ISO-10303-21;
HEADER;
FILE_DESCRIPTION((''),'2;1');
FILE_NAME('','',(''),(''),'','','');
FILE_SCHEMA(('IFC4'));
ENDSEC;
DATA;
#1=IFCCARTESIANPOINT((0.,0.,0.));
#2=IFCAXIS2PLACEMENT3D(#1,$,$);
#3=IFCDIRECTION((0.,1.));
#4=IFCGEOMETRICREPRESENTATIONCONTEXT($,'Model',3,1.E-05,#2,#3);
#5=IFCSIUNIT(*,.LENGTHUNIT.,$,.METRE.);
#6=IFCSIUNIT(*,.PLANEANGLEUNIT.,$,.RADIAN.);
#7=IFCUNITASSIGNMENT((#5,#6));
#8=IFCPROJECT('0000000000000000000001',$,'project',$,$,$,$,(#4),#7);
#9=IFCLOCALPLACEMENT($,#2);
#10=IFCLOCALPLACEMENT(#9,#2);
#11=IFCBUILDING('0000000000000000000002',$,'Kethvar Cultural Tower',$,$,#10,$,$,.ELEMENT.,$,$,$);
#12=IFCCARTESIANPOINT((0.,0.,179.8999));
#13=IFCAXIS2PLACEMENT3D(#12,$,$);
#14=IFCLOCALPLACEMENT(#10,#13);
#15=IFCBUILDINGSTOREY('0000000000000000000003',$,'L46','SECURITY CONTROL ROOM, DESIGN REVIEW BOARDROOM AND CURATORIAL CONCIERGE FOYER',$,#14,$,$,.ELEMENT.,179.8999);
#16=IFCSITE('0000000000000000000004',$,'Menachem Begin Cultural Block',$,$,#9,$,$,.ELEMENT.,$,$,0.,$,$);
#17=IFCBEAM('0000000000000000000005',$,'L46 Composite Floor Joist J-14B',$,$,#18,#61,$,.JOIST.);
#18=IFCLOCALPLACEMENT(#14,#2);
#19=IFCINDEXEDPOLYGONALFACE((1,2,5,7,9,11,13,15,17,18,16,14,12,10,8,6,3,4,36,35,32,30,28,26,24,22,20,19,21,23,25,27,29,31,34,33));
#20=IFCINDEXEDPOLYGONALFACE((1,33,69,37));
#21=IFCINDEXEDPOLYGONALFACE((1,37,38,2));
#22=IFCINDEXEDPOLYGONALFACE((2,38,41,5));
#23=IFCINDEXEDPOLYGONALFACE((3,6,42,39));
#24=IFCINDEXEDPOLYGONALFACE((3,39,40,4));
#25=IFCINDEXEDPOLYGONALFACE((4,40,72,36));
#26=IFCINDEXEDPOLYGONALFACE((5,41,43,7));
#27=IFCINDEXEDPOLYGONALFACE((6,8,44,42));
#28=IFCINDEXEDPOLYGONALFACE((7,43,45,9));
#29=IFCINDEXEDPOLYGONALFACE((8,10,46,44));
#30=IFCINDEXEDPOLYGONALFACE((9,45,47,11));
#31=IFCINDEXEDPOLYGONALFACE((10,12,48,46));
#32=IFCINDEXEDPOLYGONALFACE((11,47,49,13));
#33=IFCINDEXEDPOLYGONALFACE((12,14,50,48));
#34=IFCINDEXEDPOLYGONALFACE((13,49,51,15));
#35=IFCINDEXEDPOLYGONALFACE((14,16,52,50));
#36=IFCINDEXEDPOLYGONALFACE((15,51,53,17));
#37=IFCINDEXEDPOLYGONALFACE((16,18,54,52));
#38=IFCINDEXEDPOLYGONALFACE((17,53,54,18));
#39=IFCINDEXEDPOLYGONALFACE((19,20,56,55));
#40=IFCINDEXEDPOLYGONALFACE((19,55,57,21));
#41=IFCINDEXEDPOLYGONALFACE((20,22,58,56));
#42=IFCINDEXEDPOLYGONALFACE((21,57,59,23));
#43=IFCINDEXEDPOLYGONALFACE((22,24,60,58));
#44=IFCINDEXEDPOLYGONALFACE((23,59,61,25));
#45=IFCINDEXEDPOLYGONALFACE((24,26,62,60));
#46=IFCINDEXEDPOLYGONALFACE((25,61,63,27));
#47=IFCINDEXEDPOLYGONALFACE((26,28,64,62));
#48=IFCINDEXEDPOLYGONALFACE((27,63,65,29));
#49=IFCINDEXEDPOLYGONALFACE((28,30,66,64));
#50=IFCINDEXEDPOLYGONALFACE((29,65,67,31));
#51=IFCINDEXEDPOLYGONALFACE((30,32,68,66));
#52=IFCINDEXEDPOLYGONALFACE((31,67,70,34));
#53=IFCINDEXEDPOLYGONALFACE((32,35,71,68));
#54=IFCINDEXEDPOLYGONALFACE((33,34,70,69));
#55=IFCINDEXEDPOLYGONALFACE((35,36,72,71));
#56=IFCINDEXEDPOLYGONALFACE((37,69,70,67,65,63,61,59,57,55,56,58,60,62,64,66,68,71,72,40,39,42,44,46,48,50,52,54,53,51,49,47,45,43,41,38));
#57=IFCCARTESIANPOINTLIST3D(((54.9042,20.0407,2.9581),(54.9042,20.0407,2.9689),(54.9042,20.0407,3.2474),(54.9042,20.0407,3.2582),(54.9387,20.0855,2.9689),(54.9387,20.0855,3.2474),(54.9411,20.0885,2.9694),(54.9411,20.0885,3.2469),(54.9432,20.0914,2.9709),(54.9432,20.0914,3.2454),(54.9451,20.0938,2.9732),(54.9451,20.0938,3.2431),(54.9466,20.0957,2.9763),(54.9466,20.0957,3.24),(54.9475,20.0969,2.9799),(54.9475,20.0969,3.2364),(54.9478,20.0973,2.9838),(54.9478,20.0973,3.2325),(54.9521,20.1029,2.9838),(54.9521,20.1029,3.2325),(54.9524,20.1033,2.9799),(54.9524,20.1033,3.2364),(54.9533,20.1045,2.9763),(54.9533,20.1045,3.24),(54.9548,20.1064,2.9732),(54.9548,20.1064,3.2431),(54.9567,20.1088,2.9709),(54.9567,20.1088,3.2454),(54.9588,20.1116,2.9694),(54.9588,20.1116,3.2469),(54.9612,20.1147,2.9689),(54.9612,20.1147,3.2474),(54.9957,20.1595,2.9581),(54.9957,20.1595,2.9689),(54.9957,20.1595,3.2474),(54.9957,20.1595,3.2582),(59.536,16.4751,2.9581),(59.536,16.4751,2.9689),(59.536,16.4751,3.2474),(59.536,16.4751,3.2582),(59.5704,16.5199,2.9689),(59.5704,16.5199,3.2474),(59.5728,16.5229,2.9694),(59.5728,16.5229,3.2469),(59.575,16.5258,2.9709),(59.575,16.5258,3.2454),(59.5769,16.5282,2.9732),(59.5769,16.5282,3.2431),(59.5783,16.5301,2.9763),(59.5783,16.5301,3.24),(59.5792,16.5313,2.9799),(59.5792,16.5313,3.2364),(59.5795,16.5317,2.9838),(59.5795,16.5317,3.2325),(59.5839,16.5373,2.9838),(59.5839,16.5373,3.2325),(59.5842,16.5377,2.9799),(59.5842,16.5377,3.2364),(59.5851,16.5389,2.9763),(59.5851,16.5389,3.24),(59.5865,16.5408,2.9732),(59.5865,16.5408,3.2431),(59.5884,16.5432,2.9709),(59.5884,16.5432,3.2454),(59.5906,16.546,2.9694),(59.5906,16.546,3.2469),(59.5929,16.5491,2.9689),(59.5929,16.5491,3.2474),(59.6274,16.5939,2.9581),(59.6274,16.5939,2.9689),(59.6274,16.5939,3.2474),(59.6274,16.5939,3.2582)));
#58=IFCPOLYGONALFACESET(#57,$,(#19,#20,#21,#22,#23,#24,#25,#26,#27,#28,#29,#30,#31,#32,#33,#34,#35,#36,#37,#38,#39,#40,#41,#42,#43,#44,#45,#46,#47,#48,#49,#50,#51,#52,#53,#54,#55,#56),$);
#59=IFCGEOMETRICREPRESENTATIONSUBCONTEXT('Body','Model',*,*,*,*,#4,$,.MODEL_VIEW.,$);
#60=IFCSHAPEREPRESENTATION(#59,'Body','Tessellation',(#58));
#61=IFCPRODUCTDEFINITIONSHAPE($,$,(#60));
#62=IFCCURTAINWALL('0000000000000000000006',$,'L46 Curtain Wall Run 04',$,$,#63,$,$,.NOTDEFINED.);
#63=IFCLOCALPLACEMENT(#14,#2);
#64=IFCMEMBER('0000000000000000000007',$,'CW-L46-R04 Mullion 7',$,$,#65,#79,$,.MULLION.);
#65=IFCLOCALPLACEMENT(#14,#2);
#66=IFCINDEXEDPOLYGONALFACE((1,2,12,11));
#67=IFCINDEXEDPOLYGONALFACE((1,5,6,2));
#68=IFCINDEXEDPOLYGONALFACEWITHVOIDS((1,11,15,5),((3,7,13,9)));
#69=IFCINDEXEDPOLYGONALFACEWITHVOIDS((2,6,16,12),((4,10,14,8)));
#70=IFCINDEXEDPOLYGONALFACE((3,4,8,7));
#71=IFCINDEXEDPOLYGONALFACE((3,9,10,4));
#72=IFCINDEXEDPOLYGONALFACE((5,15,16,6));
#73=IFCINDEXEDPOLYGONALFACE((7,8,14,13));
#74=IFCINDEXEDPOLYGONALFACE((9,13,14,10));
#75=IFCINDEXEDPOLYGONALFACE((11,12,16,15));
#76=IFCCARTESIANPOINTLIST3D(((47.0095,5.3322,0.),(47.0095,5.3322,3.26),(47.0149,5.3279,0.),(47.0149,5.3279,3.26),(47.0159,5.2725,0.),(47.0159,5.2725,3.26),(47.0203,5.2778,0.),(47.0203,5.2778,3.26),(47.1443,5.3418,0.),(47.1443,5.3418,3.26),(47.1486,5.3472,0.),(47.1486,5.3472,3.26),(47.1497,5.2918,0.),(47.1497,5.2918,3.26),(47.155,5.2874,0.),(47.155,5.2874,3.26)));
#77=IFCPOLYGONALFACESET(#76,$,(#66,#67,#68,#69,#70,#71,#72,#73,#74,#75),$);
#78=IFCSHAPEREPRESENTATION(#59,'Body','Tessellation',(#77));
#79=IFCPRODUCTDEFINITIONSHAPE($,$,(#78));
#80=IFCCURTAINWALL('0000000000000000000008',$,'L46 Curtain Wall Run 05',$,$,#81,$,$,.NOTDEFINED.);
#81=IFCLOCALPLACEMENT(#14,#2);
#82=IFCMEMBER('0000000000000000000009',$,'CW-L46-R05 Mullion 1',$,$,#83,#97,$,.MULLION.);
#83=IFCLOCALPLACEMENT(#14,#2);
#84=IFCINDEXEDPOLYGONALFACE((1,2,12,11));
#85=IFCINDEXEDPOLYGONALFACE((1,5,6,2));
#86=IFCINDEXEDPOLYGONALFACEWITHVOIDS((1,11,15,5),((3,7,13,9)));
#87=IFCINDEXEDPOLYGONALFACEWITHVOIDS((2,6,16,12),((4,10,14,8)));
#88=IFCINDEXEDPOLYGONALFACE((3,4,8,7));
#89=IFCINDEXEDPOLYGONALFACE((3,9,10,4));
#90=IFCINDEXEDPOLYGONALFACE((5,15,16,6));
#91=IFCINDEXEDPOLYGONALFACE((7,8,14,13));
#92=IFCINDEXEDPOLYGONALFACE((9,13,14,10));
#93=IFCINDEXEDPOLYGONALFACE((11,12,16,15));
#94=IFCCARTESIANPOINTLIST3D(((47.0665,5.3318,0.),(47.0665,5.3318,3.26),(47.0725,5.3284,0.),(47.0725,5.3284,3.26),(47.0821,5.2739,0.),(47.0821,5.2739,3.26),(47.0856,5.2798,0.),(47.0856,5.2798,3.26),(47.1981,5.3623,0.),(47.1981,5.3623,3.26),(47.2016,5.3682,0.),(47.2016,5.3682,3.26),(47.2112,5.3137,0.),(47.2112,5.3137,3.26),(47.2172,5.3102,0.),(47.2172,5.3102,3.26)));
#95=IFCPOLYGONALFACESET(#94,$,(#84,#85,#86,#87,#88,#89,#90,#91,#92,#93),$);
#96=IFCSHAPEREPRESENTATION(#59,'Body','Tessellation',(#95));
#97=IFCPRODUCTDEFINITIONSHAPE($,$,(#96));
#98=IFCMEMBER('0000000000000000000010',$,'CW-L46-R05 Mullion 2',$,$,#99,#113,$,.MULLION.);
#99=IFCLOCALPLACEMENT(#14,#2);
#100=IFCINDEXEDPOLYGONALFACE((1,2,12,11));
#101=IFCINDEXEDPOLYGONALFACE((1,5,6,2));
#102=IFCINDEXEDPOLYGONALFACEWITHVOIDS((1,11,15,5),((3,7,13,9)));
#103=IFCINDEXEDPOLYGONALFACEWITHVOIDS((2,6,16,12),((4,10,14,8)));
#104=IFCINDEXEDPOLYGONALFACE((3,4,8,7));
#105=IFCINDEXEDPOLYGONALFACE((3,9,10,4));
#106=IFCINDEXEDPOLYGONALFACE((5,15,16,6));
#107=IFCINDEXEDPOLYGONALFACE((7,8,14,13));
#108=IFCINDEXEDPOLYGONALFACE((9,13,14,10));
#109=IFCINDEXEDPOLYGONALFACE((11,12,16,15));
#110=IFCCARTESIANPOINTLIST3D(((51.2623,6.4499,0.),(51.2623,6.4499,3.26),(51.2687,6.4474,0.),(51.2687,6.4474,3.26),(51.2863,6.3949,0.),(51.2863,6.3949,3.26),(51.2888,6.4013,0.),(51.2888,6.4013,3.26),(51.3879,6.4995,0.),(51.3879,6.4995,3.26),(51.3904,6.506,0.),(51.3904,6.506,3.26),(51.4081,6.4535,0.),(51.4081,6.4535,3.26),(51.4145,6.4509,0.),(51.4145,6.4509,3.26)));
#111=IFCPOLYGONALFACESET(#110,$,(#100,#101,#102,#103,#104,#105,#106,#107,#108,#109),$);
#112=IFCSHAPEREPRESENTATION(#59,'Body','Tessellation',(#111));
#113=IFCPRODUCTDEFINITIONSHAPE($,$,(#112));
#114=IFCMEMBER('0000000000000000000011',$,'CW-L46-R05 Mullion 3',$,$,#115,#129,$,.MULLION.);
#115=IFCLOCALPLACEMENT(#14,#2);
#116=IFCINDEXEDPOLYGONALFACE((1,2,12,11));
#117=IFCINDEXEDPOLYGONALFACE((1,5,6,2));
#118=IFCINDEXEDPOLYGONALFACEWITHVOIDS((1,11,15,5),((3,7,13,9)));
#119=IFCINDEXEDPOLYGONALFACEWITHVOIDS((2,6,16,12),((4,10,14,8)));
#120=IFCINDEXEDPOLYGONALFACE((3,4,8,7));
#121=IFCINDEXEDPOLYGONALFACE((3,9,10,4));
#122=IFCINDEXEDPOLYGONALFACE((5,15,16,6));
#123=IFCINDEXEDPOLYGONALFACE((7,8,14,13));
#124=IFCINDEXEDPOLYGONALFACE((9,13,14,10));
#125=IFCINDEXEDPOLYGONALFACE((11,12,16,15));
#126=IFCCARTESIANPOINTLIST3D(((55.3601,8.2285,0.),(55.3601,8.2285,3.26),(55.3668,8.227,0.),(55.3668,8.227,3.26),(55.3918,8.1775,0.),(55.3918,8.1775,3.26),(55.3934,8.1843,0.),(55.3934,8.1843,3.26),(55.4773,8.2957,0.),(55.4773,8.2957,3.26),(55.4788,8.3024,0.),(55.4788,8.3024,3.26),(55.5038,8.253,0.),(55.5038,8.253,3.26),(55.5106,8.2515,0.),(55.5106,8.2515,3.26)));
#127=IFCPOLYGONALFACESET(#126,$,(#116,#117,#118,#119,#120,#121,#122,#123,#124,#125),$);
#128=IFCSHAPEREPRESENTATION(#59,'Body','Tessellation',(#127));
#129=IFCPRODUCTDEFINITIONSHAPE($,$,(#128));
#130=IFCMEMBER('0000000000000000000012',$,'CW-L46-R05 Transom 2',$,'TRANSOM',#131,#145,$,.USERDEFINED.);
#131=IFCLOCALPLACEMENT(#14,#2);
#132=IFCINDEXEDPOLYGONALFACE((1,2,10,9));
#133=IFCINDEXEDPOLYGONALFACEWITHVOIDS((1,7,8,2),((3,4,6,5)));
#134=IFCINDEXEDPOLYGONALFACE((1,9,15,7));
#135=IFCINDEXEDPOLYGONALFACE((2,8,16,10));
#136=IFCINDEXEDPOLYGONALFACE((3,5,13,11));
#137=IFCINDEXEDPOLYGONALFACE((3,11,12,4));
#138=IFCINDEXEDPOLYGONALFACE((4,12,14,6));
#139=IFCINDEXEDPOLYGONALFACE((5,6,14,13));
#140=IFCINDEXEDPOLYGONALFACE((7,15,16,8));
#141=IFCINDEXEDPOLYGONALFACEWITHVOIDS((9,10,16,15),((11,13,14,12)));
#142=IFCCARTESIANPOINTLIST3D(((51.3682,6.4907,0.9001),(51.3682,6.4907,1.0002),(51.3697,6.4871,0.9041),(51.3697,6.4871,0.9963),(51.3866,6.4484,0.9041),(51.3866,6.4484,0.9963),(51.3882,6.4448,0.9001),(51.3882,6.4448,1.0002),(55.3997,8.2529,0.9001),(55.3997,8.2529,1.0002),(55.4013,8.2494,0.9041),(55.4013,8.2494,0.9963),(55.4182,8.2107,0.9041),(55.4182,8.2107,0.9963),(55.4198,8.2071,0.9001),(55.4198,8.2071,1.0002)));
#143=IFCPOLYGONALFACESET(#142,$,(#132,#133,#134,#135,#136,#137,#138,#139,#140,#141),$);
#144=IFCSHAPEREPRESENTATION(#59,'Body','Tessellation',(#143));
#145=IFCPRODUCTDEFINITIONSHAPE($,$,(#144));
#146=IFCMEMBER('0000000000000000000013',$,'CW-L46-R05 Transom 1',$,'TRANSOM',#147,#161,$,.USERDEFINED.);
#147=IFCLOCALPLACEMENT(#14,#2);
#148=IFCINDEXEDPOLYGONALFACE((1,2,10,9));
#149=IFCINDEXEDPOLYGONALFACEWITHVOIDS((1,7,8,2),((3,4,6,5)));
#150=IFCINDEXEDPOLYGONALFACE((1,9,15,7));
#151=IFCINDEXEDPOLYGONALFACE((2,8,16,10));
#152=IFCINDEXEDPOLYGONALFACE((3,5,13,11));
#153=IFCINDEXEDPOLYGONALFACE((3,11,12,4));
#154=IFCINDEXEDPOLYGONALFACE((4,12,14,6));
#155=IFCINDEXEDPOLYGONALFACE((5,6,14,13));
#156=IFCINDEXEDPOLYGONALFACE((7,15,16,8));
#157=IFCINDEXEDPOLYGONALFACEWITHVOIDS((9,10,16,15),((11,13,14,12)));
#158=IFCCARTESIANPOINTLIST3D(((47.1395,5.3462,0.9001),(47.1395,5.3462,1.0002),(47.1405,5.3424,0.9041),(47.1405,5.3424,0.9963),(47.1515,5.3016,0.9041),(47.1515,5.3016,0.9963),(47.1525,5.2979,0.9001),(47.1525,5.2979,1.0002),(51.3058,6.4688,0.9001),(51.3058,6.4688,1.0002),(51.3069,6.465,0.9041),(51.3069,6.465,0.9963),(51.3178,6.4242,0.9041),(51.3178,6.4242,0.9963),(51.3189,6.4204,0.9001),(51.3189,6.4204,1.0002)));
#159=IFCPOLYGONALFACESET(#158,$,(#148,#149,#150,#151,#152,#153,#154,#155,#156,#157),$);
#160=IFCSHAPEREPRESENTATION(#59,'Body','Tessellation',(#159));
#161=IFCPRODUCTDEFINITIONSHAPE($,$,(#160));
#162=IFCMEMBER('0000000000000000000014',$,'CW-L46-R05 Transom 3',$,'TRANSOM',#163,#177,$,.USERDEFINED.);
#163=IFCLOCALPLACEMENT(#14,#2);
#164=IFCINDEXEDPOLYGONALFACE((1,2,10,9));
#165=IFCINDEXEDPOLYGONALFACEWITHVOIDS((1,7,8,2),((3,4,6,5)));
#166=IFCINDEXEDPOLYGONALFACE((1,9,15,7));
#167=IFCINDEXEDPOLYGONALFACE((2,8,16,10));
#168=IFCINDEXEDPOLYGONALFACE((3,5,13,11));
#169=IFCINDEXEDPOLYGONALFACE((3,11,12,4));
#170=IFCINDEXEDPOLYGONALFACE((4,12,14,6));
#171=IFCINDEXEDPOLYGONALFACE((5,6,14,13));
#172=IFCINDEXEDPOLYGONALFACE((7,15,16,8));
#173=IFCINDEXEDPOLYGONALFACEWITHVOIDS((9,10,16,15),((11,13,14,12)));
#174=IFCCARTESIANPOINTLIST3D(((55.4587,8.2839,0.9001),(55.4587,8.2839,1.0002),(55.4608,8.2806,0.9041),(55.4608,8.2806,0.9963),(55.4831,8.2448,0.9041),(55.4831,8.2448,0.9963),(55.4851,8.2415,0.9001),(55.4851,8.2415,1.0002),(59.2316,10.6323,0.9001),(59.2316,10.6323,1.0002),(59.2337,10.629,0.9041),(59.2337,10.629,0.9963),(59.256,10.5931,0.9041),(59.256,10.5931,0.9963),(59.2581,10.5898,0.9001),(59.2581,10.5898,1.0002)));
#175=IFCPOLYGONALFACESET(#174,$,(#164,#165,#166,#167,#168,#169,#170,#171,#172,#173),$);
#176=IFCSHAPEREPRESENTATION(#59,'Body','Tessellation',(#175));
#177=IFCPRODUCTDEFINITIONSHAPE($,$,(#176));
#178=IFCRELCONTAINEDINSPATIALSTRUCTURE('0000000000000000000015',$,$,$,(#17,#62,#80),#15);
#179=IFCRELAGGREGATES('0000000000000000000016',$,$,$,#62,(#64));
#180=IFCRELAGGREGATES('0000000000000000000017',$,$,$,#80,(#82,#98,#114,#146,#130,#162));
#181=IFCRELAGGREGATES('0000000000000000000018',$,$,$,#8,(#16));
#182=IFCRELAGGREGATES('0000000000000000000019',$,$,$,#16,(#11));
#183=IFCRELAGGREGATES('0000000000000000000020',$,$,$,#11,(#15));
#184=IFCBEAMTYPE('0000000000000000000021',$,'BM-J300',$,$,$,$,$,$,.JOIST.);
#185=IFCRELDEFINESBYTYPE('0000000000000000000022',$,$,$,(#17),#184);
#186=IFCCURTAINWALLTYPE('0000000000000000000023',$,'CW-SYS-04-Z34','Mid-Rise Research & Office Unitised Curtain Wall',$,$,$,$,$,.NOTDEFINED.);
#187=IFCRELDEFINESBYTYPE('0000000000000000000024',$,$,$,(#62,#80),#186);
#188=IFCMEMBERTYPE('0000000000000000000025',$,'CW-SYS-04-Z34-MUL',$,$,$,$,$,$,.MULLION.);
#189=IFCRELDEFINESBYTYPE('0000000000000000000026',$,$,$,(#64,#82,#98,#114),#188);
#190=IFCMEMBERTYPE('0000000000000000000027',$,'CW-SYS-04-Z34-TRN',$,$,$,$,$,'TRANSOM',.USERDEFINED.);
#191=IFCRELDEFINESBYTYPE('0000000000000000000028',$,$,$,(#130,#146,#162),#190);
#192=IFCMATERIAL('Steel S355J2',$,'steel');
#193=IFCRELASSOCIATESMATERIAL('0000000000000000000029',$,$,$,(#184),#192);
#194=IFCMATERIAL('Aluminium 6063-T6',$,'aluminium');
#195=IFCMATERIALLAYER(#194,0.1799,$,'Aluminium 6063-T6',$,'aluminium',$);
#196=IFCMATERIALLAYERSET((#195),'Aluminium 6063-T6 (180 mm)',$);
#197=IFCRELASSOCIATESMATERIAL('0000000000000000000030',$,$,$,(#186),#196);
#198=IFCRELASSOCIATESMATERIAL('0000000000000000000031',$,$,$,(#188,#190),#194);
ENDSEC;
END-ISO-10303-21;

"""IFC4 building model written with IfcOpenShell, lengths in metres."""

from ifc_helpers import new_model, si_unit, direction, frame, origin, origin_2d, place, context, subcontext, project, spatial, hollow_rectangle, i_section, extrude, source, transform, mapped, material, layer, layer_set, material_profile, profile_set, type_object, element, aggregate, save


model = new_model("IFC4")

# Units and contexts
model_context = context("Model", 3, precision=1e-05, world=origin(), true_north=direction((0.0, 1.0)))
body_context = subcontext(model_context, "Body", "Model", "MODEL_VIEW")
ifc_project = project(units=[si_unit("LENGTHUNIT", "METRE"), si_unit("PLANEANGLEUNIT", "RADIAN")], contexts=[model_context])

# Site, building, storey
site_placement = place(None, origin())
site = spatial("IfcSite", under=ifc_project, at=site_placement, Name="Menachem Begin Cultural Block", CompositionType="ELEMENT", RefElevation=0.0)
building_placement = place(site_placement, origin())
building = spatial("IfcBuilding", under=site, at=building_placement, Name="Kethvar Cultural Tower", CompositionType="ELEMENT")
storey_placement = place(building_placement, frame((0.0, 0.0, 179.8999)))
storey = spatial("IfcBuildingStorey", under=building, at=storey_placement, Name="L46", Description="SECURITY CONTROL ROOM, DESIGN REVIEW BOARDROOM AND CURATORIAL CONCIERGE FOYER", CompositionType="ELEMENT", Elevation=179.8999)

# Beam
ifc_material_1 = material(Name="Steel S355J2", Category="steel")
ifc_material_profile_1 = material_profile(ifc_material_1, i_section(OverallWidth=0.1499, OverallDepth=0.3, WebThickness=0.0071, FlangeThickness=0.0107, FilletRadius=0.0149, at=origin_2d()), Name="Steel S355J2 — IPE300")
ifc_profile_set_1 = profile_set([ifc_material_profile_1], Name="Steel S355J2 — IPE300")
beam_type_1 = type_object("IfcBeamType", Name="BM-J300", PredefinedType="JOIST", material=ifc_profile_set_1)
shared_shape_1 = source(origin(), body_context, "Body", "SweptSolid", [
    extrude(i_section(OverallWidth=0.1499, OverallDepth=0.3, WebThickness=0.0071, FlangeThickness=0.0107, FilletRadius=0.0149, at=origin_2d()), origin(), (0.0, 0.0, 1.0), 5.8452),
])
beam_1_placement = place(storey_placement, frame((54.95, 20.1001, 3.1082), z_axis=(0.792399, -0.610003, 0.0), x_axis=(0.610003, 0.792399, 0.0)))
element("IfcBeam", 1, at=beam_1_placement, inside=storey, type_object=beam_type_1, Name="L46 Composite Floor Joist J-14B", PredefinedType="JOIST", context=body_context, shape_type="MappedRepresentation", body=[
    mapped(shared_shape_1, transform((0.0, 0.0, 0.0), scale=1.0)),
])

# Curtain wall, member
ifc_material_2 = material(Name="Aluminium 6063-T6", Category="aluminium")
ifc_layer_1 = layer(ifc_material_2, 0.1799, Name="Aluminium 6063-T6", Category="aluminium")
ifc_layer_set_1 = layer_set([ifc_layer_1], Name="Aluminium 6063-T6 (180 mm)")
curtain_wall_type = type_object("IfcCurtainWallType", Name="CW-SYS-04-Z34", Description="Mid-Rise Research & Office Unitised Curtain Wall", PredefinedType="NOTDEFINED", material=ifc_layer_set_1)
curtain_wall_1_placement = place(storey_placement, origin())
curtain_wall_1 = element("IfcCurtainWall", 2, at=curtain_wall_1_placement, inside=storey, type_object=curtain_wall_type, Name="L46 Curtain Wall Run 04", PredefinedType="NOTDEFINED")
ifc_material_profile_2 = material_profile(ifc_material_2, hollow_rectangle(XDim=0.0601, YDim=0.1399, WallThickness=0.0049, at=origin_2d()), Name="Aluminium 6063-T6 — RHS140x60x5")
ifc_profile_set_2 = profile_set([ifc_material_profile_2], Name="Aluminium 6063-T6 — RHS140x60x5")
member_type_1 = type_object("IfcMemberType", Name="CW-SYS-04-Z34-MUL", PredefinedType="MULLION", material=ifc_profile_set_2)
shared_shape_2 = source(origin(), body_context, "Body", "SweptSolid", [
    extrude(hollow_rectangle(XDim=0.0601, YDim=0.1399, WallThickness=0.0049, at=origin_2d()), origin(), (0.0, 0.0, 1.0), 3.26),
])
member_1_placement = place(storey_placement, frame((47.0823, 5.3098, 0.0), z_axis=(0.0, 0.0, 1.0), x_axis=(-0.107028, 0.994256, 0.0)))
member_1 = element("IfcMember", 3, at=member_1_placement, type_object=member_type_1, Name="CW-L46-R04 Mullion 7", PredefinedType="MULLION", context=body_context, shape_type="MappedRepresentation", body=[
    mapped(shared_shape_2, transform((0.0, 0.0, 0.0), scale=1.0)),
])
aggregate(curtain_wall_1, [member_1])

# Curtain wall, members
curtain_wall_2_placement = place(storey_placement, origin())
curtain_wall_2 = element("IfcCurtainWall", 4, at=curtain_wall_2_placement, inside=storey, type_object=curtain_wall_type, Name="L46 Curtain Wall Run 05", PredefinedType="NOTDEFINED")
member_2_placement = place(storey_placement, frame((47.1418, 5.321, 0.0), z_axis=(0.0, 0.0, 1.0), x_axis=(-0.260167, 0.965564, 0.0)))
member_2 = element("IfcMember", 5, at=member_2_placement, type_object=member_type_1, Name="CW-L46-R05 Mullion 1", PredefinedType="MULLION", context=body_context, shape_type="MappedRepresentation", body=[
    mapped(shared_shape_2, transform((0.0, 0.0, 0.0), scale=1.0)),
])
member_3_placement = place(storey_placement, frame((51.3384, 6.4504, 0.0), z_axis=(0.0, 0.0, 1.0), x_axis=(-0.400509, 0.916293, 0.0)))
member_3 = element("IfcMember", 6, at=member_3_placement, type_object=member_type_1, Name="CW-L46-R05 Mullion 2", PredefinedType="MULLION", context=body_context, shape_type="MappedRepresentation", body=[
    mapped(shared_shape_2, transform((0.0, 0.0, 0.0), scale=1.0)),
])
member_4_placement = place(storey_placement, frame((55.4353, 8.24, 0.0), z_axis=(0.0, 0.0, 1.0), x_axis=(-0.528409, 0.84899, 0.0)))
member_4 = element("IfcMember", 7, at=member_4_placement, type_object=member_type_1, Name="CW-L46-R05 Mullion 3", PredefinedType="MULLION", context=body_context, shape_type="MappedRepresentation", body=[
    mapped(shared_shape_2, transform((0.0, 0.0, 0.0), scale=1.0)),
])
ifc_material_profile_3 = material_profile(ifc_material_2, hollow_rectangle(XDim=0.05, YDim=0.1001, WallThickness=0.0039, at=origin_2d()), Name="Aluminium 6063-T6 — RHS100x50x4")
ifc_profile_set_3 = profile_set([ifc_material_profile_3], Name="Aluminium 6063-T6 — RHS100x50x4")
member_type_2 = type_object("IfcMemberType", Name="CW-SYS-04-Z34-TRN", ElementType="TRANSOM", PredefinedType="USERDEFINED", material=ifc_profile_set_3)
shared_shape_3 = source(origin(), body_context, "Body", "SweptSolid", [
    extrude(hollow_rectangle(XDim=0.05, YDim=0.1001, WallThickness=0.0039, at=origin_2d()), origin(), (0.0, 0.0, 1.0), 4.3999),
])
member_5_placement = place(storey_placement, frame((51.3782, 6.4678, 0.9502), z_axis=(0.916288, 0.400519, 0.0), x_axis=(-0.400519, 0.916288, 0.0)))
member_5 = element("IfcMember", 8, at=member_5_placement, type_object=member_type_2, Name="CW-L46-R05 Transom 2", ObjectType="TRANSOM", PredefinedType="USERDEFINED", context=body_context, shape_type="MappedRepresentation", body=[
    mapped(shared_shape_3, transform((0.0, 0.0, 0.0), scale=1.0)),
])
shared_shape_4 = source(origin(), body_context, "Body", "SweptSolid", [
    extrude(hollow_rectangle(XDim=0.05, YDim=0.1001, WallThickness=0.0039, at=origin_2d()), origin(), (0.0, 0.0, 1.0), 4.3149),
])
member_6_placement = place(storey_placement, frame((47.146, 5.322, 0.9502), z_axis=(0.965565, 0.260162, 0.0), x_axis=(-0.260162, 0.965565, 0.0)))
member_6 = element("IfcMember", 9, at=member_6_placement, type_object=member_type_2, Name="CW-L46-R05 Transom 1", ObjectType="TRANSOM", PredefinedType="USERDEFINED", context=body_context, shape_type="MappedRepresentation", body=[
    mapped(shared_shape_4, transform((0.0, 0.0, 0.0), scale=1.0)),
])
shared_shape_5 = source(origin(), body_context, "Body", "SweptSolid", [
    extrude(hollow_rectangle(XDim=0.05, YDim=0.1001, WallThickness=0.0039, at=origin_2d()), origin(), (0.0, 0.0, 1.0), 4.4441),
])
member_7_placement = place(storey_placement, frame((55.4719, 8.2627, 0.9502), z_axis=(0.848978, 0.528428, 0.0), x_axis=(-0.528428, 0.848978, 0.0)))
member_7 = element("IfcMember", 10, at=member_7_placement, type_object=member_type_2, Name="CW-L46-R05 Transom 3", ObjectType="TRANSOM", PredefinedType="USERDEFINED", context=body_context, shape_type="MappedRepresentation", body=[
    mapped(shared_shape_5, transform((0.0, 0.0, 0.0), scale=1.0)),
])
aggregate(curtain_wall_2, [member_2, member_3, member_4, member_6, member_5, member_7])

save(model, "model.ifc")
